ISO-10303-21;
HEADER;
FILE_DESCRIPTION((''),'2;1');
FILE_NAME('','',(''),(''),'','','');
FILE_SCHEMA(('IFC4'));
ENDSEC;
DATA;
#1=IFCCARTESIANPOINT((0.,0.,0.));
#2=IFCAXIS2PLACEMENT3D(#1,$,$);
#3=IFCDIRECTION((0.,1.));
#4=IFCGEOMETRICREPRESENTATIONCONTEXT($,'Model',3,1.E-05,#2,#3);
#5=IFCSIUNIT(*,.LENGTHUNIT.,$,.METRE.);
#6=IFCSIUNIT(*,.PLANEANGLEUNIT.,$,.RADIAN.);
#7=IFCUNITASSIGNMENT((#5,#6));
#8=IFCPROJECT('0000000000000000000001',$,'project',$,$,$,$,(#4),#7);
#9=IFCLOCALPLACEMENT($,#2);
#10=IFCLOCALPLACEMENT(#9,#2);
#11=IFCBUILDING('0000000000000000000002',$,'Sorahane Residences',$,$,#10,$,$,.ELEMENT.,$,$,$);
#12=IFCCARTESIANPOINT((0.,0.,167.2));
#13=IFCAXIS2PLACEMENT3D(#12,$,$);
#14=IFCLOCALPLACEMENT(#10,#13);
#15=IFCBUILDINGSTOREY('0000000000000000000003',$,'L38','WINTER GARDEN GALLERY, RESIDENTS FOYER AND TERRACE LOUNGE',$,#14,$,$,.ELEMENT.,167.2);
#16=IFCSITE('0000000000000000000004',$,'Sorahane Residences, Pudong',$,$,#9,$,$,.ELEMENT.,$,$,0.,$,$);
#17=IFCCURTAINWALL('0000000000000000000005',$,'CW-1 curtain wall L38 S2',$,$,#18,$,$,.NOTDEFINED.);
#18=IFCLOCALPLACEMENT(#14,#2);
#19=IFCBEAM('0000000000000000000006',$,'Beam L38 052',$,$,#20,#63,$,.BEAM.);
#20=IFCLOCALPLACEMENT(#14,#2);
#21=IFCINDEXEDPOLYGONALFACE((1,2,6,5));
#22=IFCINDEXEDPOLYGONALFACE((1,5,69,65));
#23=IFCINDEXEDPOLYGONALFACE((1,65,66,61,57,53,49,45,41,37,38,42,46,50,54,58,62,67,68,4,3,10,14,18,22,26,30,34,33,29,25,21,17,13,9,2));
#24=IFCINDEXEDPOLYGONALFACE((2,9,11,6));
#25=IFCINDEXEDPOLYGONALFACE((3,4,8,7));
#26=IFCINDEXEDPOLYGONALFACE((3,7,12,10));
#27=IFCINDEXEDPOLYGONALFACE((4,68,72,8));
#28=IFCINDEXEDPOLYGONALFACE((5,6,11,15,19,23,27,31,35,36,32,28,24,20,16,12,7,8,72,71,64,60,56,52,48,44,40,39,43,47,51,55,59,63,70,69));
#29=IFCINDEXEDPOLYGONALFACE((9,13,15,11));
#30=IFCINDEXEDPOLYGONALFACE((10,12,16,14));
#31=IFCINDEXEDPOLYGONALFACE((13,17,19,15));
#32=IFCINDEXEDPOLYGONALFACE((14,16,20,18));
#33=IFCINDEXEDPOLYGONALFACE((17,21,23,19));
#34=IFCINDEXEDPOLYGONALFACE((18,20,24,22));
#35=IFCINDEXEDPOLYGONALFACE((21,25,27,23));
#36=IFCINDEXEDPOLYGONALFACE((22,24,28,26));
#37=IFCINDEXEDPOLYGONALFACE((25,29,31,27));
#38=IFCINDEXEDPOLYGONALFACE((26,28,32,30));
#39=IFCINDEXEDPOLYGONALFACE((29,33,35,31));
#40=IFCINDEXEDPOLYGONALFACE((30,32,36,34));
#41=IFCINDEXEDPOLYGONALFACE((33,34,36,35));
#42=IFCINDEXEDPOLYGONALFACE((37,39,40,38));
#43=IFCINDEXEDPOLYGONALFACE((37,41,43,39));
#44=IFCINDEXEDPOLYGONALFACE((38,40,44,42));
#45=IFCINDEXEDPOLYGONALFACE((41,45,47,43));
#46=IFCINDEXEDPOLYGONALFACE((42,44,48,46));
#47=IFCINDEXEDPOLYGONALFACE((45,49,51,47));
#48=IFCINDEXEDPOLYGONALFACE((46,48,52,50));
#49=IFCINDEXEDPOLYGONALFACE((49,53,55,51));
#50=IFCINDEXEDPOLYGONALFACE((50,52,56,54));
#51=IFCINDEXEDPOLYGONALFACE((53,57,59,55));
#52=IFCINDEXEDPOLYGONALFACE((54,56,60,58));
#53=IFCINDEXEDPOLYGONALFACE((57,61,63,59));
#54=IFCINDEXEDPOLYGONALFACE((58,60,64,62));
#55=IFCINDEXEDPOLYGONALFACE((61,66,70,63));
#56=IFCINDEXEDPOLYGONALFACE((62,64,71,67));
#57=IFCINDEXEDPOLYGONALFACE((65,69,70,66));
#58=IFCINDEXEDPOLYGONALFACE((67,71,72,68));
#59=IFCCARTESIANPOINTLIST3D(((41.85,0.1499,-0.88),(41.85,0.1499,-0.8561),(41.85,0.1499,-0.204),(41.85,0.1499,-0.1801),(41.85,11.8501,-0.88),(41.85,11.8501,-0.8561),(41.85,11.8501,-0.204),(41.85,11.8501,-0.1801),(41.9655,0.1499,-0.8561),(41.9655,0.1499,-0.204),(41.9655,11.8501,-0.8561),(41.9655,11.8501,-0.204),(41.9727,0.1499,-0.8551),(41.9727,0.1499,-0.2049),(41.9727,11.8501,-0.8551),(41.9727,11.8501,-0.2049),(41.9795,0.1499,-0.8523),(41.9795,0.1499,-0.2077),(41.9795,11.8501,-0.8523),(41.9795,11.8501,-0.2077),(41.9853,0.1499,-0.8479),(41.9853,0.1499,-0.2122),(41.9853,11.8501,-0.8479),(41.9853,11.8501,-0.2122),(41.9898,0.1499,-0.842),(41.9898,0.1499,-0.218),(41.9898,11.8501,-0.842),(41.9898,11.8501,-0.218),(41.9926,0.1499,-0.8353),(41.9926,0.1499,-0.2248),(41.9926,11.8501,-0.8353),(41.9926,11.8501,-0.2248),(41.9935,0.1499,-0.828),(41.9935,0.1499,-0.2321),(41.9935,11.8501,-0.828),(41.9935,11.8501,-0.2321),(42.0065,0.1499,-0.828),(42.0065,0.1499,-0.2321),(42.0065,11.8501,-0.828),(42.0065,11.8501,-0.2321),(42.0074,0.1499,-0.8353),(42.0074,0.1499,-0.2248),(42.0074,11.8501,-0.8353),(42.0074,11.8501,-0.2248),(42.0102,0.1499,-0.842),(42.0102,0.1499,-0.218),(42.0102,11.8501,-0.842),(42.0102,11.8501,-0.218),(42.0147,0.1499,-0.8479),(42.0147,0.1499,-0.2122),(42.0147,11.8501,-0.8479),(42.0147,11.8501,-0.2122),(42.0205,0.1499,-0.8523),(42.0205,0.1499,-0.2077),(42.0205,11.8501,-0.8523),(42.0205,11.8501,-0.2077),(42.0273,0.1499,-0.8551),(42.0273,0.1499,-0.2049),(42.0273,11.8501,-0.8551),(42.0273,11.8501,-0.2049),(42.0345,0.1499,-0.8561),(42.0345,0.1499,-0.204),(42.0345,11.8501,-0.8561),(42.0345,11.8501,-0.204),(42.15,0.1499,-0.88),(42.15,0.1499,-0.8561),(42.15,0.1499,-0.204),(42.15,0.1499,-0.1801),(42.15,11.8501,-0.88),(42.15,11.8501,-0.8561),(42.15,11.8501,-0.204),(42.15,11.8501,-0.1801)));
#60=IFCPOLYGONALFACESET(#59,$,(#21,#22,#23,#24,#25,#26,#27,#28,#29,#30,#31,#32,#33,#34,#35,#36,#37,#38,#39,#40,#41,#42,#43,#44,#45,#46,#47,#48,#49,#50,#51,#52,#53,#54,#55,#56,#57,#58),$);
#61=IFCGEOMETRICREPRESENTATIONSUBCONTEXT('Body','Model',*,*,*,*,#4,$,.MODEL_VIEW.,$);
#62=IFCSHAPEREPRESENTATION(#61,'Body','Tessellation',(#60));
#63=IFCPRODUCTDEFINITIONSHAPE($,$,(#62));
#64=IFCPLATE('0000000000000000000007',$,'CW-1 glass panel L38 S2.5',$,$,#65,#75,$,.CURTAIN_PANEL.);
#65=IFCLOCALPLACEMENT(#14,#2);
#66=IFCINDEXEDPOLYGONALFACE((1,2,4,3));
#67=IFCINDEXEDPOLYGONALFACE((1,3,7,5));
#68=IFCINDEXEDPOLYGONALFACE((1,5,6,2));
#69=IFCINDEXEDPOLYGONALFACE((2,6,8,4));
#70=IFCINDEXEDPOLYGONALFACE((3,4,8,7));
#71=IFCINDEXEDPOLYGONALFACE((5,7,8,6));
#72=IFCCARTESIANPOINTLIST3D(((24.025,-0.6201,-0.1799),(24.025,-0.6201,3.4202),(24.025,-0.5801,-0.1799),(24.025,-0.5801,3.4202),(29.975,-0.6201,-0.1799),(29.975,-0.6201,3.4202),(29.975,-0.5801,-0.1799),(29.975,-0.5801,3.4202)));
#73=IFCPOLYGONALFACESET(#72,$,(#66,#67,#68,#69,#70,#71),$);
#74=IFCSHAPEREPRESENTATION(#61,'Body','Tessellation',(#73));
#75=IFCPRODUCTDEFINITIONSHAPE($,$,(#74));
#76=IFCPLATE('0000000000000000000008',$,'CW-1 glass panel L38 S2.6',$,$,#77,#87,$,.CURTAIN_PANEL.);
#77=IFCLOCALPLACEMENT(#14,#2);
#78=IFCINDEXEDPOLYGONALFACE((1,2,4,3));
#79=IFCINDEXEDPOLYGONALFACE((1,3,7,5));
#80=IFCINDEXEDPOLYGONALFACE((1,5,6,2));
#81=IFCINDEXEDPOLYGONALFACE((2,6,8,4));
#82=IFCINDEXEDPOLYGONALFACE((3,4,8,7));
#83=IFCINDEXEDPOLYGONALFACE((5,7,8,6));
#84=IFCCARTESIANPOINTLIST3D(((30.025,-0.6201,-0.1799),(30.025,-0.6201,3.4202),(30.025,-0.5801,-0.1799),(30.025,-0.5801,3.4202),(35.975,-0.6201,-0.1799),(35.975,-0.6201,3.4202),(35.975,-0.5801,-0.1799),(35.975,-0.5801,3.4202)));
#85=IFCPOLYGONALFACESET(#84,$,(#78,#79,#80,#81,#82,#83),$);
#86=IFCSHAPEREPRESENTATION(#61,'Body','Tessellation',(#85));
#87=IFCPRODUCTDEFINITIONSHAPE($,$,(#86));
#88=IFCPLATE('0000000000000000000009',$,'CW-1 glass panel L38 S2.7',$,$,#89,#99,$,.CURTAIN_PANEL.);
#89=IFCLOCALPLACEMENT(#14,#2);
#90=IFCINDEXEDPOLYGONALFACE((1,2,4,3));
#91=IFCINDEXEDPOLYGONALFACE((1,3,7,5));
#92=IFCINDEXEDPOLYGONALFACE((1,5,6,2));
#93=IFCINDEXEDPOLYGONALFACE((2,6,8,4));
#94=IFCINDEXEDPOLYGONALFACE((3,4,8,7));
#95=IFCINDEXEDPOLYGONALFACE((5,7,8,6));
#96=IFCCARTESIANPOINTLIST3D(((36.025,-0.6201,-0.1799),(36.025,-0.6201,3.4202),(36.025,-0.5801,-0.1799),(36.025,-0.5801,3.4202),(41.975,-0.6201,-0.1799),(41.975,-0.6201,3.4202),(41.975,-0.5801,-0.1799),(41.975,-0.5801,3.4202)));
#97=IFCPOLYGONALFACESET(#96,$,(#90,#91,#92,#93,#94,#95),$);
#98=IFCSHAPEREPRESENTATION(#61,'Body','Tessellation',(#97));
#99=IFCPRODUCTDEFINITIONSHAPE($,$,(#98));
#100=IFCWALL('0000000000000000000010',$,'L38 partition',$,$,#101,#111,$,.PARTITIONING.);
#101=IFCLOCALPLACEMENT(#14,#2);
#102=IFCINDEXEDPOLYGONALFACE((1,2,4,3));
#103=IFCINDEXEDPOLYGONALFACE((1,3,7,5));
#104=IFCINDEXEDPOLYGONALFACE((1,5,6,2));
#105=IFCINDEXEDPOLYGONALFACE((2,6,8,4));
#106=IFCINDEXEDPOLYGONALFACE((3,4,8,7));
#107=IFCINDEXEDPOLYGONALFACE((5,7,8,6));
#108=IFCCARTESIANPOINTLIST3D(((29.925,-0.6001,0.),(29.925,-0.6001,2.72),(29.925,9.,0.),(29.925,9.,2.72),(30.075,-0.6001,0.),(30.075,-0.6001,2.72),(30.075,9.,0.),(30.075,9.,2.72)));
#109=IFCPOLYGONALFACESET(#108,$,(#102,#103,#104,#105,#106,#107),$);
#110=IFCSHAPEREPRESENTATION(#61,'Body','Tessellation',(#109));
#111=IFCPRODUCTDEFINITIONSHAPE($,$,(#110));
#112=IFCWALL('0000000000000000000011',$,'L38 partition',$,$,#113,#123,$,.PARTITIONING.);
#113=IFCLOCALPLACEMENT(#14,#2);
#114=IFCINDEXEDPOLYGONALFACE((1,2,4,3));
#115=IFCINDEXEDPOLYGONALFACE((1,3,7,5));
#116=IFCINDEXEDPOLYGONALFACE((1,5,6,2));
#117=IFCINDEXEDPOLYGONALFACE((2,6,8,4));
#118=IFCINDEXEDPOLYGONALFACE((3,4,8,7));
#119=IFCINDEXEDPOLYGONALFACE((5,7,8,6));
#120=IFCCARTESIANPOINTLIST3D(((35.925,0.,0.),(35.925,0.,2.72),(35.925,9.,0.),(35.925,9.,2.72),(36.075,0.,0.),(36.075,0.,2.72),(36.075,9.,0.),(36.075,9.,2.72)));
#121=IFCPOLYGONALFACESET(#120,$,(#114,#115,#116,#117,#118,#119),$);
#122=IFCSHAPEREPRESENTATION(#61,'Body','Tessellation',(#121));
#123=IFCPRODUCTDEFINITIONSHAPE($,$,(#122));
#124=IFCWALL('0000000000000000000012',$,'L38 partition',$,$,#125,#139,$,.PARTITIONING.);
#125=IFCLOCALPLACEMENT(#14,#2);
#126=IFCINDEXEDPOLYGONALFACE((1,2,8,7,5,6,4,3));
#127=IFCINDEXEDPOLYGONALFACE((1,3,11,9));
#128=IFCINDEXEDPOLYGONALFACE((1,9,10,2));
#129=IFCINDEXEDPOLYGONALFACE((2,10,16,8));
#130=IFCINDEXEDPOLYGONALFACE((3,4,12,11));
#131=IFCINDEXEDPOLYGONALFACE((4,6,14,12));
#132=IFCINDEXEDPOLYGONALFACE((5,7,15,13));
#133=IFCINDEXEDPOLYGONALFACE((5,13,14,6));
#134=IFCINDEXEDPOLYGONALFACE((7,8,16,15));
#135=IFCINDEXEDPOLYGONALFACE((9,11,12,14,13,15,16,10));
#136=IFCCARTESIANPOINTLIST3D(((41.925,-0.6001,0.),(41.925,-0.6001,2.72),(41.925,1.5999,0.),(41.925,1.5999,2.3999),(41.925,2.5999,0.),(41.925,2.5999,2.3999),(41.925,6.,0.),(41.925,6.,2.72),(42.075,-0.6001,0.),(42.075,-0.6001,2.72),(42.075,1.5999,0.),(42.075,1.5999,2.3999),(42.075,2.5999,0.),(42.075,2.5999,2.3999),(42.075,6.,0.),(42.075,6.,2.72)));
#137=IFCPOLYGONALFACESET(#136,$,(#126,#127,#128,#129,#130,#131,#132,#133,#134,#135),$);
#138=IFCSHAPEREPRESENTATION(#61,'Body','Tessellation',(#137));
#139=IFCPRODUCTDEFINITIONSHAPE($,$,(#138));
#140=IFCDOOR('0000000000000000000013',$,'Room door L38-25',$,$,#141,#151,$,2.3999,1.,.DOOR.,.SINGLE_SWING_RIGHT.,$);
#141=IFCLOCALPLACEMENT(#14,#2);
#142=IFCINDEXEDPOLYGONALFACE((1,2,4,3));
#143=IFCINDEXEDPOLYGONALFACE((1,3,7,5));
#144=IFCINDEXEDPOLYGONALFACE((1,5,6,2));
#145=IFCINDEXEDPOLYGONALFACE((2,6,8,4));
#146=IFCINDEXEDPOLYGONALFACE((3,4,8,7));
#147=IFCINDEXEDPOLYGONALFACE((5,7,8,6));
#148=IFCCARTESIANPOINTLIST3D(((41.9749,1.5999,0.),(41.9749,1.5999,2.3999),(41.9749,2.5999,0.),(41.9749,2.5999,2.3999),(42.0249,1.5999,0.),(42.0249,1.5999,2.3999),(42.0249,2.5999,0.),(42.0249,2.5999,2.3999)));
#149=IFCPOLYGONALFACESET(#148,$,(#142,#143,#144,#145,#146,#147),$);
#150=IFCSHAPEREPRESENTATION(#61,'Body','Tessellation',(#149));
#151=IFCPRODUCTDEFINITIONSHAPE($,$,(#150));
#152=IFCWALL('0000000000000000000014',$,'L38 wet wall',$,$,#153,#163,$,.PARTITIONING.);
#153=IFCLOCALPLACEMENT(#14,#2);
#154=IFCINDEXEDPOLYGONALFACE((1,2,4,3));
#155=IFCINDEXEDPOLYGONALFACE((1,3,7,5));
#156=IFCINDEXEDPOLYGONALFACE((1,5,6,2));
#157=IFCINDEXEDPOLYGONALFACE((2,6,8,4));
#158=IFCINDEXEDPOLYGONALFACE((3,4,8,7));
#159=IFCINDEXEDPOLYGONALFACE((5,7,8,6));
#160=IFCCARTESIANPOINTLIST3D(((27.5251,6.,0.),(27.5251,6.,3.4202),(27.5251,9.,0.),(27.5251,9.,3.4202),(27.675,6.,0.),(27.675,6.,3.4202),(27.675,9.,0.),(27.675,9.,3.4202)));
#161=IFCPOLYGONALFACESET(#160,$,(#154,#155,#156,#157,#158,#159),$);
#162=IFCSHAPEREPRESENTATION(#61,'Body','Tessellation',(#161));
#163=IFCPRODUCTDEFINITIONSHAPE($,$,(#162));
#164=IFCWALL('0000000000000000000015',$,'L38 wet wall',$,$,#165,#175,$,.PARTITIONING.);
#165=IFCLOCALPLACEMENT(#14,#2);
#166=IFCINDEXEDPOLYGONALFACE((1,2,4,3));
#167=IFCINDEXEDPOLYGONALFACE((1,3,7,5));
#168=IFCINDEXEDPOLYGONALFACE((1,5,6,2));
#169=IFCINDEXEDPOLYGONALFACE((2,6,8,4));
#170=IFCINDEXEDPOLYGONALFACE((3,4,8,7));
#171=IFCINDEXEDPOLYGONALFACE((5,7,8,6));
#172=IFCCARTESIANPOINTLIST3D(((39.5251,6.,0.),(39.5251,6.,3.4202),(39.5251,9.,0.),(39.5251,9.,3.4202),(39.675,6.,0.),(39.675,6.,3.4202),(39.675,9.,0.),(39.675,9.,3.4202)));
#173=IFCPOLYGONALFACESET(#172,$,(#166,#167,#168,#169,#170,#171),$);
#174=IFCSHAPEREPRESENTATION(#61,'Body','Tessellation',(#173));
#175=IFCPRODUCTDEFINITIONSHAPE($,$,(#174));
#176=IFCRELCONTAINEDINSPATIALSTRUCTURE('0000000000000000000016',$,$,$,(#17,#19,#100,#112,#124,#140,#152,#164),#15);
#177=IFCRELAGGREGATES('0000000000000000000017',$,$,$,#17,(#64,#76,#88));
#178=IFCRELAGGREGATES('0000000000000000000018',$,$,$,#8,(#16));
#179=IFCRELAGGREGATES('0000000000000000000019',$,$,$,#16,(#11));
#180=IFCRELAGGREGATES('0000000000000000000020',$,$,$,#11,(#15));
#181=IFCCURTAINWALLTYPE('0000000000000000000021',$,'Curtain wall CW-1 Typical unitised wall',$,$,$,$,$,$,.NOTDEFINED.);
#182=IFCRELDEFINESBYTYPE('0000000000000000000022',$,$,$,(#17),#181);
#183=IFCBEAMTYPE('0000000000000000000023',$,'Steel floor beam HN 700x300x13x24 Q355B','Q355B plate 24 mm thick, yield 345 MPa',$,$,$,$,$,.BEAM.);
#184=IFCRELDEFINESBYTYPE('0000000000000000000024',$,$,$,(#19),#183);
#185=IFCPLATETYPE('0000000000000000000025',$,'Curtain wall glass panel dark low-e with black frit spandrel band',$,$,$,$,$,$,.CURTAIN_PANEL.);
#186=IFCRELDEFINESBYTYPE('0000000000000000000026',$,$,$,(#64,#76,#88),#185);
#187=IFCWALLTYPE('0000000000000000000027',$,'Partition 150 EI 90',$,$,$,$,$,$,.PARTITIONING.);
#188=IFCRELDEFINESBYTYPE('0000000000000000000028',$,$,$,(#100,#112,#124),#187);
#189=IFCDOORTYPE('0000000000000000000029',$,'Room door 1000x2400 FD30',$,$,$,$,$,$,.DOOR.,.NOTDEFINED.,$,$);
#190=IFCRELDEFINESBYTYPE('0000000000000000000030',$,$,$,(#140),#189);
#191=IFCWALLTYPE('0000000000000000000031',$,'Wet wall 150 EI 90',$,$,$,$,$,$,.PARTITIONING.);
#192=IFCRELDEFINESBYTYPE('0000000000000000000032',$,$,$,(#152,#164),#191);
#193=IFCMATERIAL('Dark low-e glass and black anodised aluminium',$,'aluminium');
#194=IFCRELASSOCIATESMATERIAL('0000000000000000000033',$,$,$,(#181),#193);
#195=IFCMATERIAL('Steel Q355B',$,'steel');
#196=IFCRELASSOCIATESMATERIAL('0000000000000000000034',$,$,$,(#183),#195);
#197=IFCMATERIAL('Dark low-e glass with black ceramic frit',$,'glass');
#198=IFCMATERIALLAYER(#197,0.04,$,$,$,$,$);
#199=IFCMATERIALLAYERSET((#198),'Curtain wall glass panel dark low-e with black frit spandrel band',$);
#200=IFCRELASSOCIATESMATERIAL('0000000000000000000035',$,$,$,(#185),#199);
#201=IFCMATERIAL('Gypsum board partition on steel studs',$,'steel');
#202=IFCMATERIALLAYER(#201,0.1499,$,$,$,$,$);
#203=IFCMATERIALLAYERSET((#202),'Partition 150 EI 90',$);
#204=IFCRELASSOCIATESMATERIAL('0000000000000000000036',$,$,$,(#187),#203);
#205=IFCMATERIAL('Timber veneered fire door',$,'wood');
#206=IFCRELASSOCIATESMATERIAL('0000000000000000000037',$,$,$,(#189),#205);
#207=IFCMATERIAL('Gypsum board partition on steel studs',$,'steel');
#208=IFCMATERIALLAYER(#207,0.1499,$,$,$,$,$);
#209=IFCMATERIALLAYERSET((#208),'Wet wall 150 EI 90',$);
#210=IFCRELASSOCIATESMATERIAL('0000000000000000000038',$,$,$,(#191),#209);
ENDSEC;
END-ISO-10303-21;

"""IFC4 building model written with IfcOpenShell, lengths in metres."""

from ifc_helpers import new_model, si_unit, direction, frame, frame_2d, origin, origin_2d, place, context, subcontext, project, spatial, rectangle, i_section, extrude, material, layer, layer_set, material_profile, profile_set, type_object, element, fill, aggregate, save


model = new_model("IFC4")

# Units and contexts
model_context = context("Model", 3, precision=1e-05, world=origin(), true_north=direction((0.0, 1.0)))
body_context = subcontext(model_context, "Body", "Model", "MODEL_VIEW")
ifc_project = project(units=[si_unit("LENGTHUNIT", "METRE"), si_unit("PLANEANGLEUNIT", "RADIAN")], contexts=[model_context])

# Site, building, storey
site_placement = place(None, origin())
site = spatial("IfcSite", under=ifc_project, at=site_placement, Name="Sorahane Residences, Pudong", CompositionType="ELEMENT", RefElevation=0.0)
building_placement = place(site_placement, origin())
building = spatial("IfcBuilding", under=site, at=building_placement, Name="Sorahane Residences", CompositionType="ELEMENT")
storey_placement = place(building_placement, frame((0.0, 0.0, 167.2)))
storey = spatial("IfcBuildingStorey", under=building, at=storey_placement, Name="L38", Description="WINTER GARDEN GALLERY, RESIDENTS FOYER AND TERRACE LOUNGE", CompositionType="ELEMENT", Elevation=167.2)

# Curtain wall
ifc_material_1 = material(Name="Dark low-e glass and black anodised aluminium", Category="aluminium")
curtain_wall_type = type_object("IfcCurtainWallType", Name="Curtain wall CW-1 Typical unitised wall", PredefinedType="NOTDEFINED", material=ifc_material_1)
curtain_wall_placement = place(storey_placement, origin())
curtain_wall = element("IfcCurtainWall", 1, at=curtain_wall_placement, inside=storey, type_object=curtain_wall_type, Name="CW-1 curtain wall L38 S2", PredefinedType="NOTDEFINED")

# Beam
ifc_material_2 = material(Name="Steel Q355B", Category="steel")
ifc_material_profile_1 = material_profile(ifc_material_2, i_section(OverallWidth=0.3, OverallDepth=0.7, WebThickness=0.0129, FlangeThickness=0.0239, FilletRadius=0.0281, at=origin_2d()), Name="HN 700x300x13x24")
ifc_profile_set_1 = profile_set([ifc_material_profile_1], Name="Steel Q355B")
beam_type_1 = type_object("IfcBeamType", Name="Steel floor beam HN 700x300x13x24 Q355B", Description="Q355B plate 24 mm thick, yield 345 MPa", PredefinedType="BEAM", material=ifc_profile_set_1)
beam_1_placement = place(storey_placement, frame((42.0, 0.1499, -0.53), z_axis=(0.0, 1.0, 0.0), x_axis=(-1.0, 0.0, 0.0)))
element("IfcBeam", 2, at=beam_1_placement, inside=storey, type_object=beam_type_1, Name="Beam L38 052", PredefinedType="BEAM", context=body_context, shape_type="SweptSolid", body=[
    extrude(i_section(OverallWidth=0.3, OverallDepth=0.7, WebThickness=0.0129, FlangeThickness=0.0239, FilletRadius=0.0281, at=origin_2d()), origin(), (0.0, 0.0, 1.0), 11.7002),
])

# Plates
ifc_material_3 = material(Name="Dark low-e glass with black ceramic frit", Category="glass")
ifc_layer_1 = layer(ifc_material_3, 0.04)
ifc_layer_set_1 = layer_set([ifc_layer_1], Name="Curtain wall glass panel dark low-e with black frit spandrel band")
plate_type = type_object("IfcPlateType", Name="Curtain wall glass panel dark low-e with black frit spandrel band", PredefinedType="CURTAIN_PANEL", material=ifc_layer_set_1)
plate_1_placement = place(storey_placement, frame((27.0, -0.6001, -0.1799), z_axis=(0.0, 0.0, 1.0), x_axis=(1.0, 0.0, 0.0)))
plate_1 = element("IfcPlate", 3, at=plate_1_placement, type_object=plate_type, Name="CW-1 glass panel L38 S2.5", PredefinedType="CURTAIN_PANEL", context=body_context, shape_type="SweptSolid", body=[
    extrude(rectangle(XDim=5.95, YDim=0.04, at=origin_2d()), origin(), (0.0, 0.0, 1.0), 3.6001),
])
plate_2_placement = place(storey_placement, frame((33.0, -0.6001, -0.1799), z_axis=(0.0, 0.0, 1.0), x_axis=(1.0, 0.0, 0.0)))
plate_2 = element("IfcPlate", 4, at=plate_2_placement, type_object=plate_type, Name="CW-1 glass panel L38 S2.6", PredefinedType="CURTAIN_PANEL", context=body_context, shape_type="SweptSolid", body=[
    extrude(rectangle(XDim=5.95, YDim=0.04, at=origin_2d()), origin(), (0.0, 0.0, 1.0), 3.6001),
])
plate_3_placement = place(storey_placement, frame((39.0, -0.6001, -0.1799), z_axis=(0.0, 0.0, 1.0), x_axis=(1.0, 0.0, 0.0)))
plate_3 = element("IfcPlate", 5, at=plate_3_placement, type_object=plate_type, Name="CW-1 glass panel L38 S2.7", PredefinedType="CURTAIN_PANEL", context=body_context, shape_type="SweptSolid", body=[
    extrude(rectangle(XDim=5.95, YDim=0.04, at=origin_2d()), origin(), (0.0, 0.0, 1.0), 3.6001),
])
aggregate(curtain_wall, [plate_1, plate_2, plate_3])

# Walls
ifc_material_4 = material(Name="Gypsum board partition on steel studs", Category="steel")
ifc_layer_2 = layer(ifc_material_4, 0.1499)
ifc_layer_set_2 = layer_set([ifc_layer_2], Name="Partition 150 EI 90")
wall_type_1 = type_object("IfcWallType", Name="Partition 150 EI 90", PredefinedType="PARTITIONING", material=ifc_layer_set_2)
wall_1_placement = place(storey_placement, frame((30.0, -0.6001, 0.0), z_axis=(0.0, 0.0, 1.0), x_axis=(0.0, 1.0, 0.0)))
element("IfcWall", 6, at=wall_1_placement, inside=storey, type_object=wall_type_1, Name="L38 partition", PredefinedType="PARTITIONING", context=body_context, shape_type="SweptSolid", body=[
    extrude(rectangle(XDim=9.6001, YDim=0.1499, at=frame_2d((4.8, 0.0))), origin(), (0.0, 0.0, 1.0), 2.72),
])
wall_2_placement = place(storey_placement, frame((36.0, 0.0, 0.0), z_axis=(0.0, 0.0, 1.0), x_axis=(0.0, 1.0, 0.0)))
element("IfcWall", 7, at=wall_2_placement, inside=storey, type_object=wall_type_1, Name="L38 partition", PredefinedType="PARTITIONING", context=body_context, shape_type="SweptSolid", body=[
    extrude(rectangle(XDim=9.0, YDim=0.1499, at=frame_2d((4.5, 0.0))), origin(), (0.0, 0.0, 1.0), 2.72),
])

# Wall, opening, door
wall_3_placement = place(storey_placement, frame((42.0, -0.6001, 0.0), z_axis=(0.0, 0.0, 1.0), x_axis=(0.0, 1.0, 0.0)))
wall_3 = element("IfcWall", 8, at=wall_3_placement, inside=storey, type_object=wall_type_1, Name="L38 partition", PredefinedType="PARTITIONING", context=body_context, shape_type="SweptSolid", body=[
    extrude(rectangle(XDim=6.6001, YDim=0.1499, at=frame_2d((3.3, 0.0))), origin(), (0.0, 0.0, 1.0), 2.72),
])
opening_1_placement = place(wall_3_placement, frame((2.2, 0.0, 0.0)))
opening_1 = element("IfcOpeningElement", 9, at=opening_1_placement, cuts=wall_3, PredefinedType="OPENING", context=body_context, shape_type="SweptSolid", body=[
    extrude(rectangle(XDim=1.0, YDim=2.3999, at=frame_2d((0.5, 1.2))), frame((0.0, 0.085, 0.0), z_axis=(0.0, -1.0, 0.0), x_axis=(1.0, 0.0, 0.0)), (0.0, 0.0, 1.0), 0.1699),
])
ifc_material_5 = material(Name="Timber veneered fire door", Category="wood")
door_type_1 = type_object("IfcDoorType", Name="Room door 1000x2400 FD30", OperationType="NOTDEFINED", PredefinedType="DOOR", material=ifc_material_5)
door_1_placement = place(opening_1_placement, frame((1.0, 0.0, 0.0), z_axis=(0.0, 0.0, 1.0), x_axis=(-1.0, 0.0, 0.0)))
door_1 = element("IfcDoor", 10, at=door_1_placement, inside=storey, type_object=door_type_1, Name="Room door L38-25", OperationType="SINGLE_SWING_RIGHT", OverallHeight=2.3999, OverallWidth=1.0, PredefinedType="DOOR", context=body_context, shape_type="SweptSolid", body=[
    extrude(rectangle(XDim=1.0, YDim=2.3999, at=frame_2d((0.5, 1.2))), frame((0.0, 0.0249, 0.0), z_axis=(0.0, -1.0, 0.0), x_axis=(1.0, 0.0, 0.0)), (0.0, 0.0, 1.0), 0.05),
])
fill(opening_1, door_1)

# Walls
ifc_material_6 = material(Name="Gypsum board partition on steel studs", Category="steel")
ifc_layer_3 = layer(ifc_material_6, 0.1499)
ifc_layer_set_3 = layer_set([ifc_layer_3], Name="Wet wall 150 EI 90")
wall_type_2 = type_object("IfcWallType", Name="Wet wall 150 EI 90", PredefinedType="PARTITIONING", material=ifc_layer_set_3)
for number, where, z_axis, x_axis, name in (
    (11, (27.6001, 6.0, 0.0), (0.0, 0.0, 1.0), (0.0, 1.0, 0.0), "L38 wet wall"),
    (12, (39.6001, 6.0, 0.0), (0.0, 0.0, 1.0), (0.0, 1.0, 0.0), "L38 wet wall"),
):
    element("IfcWall", number, at=place(storey_placement, frame(where, z_axis=z_axis, x_axis=x_axis)), inside=storey, type_object=wall_type_2, Name=name, PredefinedType="PARTITIONING", context=body_context, shape_type="SweptSolid", body=[
        extrude(rectangle(XDim=3.0, YDim=0.1499, at=frame_2d((1.5, 0.0))), origin(), (0.0, 0.0, 1.0), 3.4202),
    ])

save(model, "model.ifc")
